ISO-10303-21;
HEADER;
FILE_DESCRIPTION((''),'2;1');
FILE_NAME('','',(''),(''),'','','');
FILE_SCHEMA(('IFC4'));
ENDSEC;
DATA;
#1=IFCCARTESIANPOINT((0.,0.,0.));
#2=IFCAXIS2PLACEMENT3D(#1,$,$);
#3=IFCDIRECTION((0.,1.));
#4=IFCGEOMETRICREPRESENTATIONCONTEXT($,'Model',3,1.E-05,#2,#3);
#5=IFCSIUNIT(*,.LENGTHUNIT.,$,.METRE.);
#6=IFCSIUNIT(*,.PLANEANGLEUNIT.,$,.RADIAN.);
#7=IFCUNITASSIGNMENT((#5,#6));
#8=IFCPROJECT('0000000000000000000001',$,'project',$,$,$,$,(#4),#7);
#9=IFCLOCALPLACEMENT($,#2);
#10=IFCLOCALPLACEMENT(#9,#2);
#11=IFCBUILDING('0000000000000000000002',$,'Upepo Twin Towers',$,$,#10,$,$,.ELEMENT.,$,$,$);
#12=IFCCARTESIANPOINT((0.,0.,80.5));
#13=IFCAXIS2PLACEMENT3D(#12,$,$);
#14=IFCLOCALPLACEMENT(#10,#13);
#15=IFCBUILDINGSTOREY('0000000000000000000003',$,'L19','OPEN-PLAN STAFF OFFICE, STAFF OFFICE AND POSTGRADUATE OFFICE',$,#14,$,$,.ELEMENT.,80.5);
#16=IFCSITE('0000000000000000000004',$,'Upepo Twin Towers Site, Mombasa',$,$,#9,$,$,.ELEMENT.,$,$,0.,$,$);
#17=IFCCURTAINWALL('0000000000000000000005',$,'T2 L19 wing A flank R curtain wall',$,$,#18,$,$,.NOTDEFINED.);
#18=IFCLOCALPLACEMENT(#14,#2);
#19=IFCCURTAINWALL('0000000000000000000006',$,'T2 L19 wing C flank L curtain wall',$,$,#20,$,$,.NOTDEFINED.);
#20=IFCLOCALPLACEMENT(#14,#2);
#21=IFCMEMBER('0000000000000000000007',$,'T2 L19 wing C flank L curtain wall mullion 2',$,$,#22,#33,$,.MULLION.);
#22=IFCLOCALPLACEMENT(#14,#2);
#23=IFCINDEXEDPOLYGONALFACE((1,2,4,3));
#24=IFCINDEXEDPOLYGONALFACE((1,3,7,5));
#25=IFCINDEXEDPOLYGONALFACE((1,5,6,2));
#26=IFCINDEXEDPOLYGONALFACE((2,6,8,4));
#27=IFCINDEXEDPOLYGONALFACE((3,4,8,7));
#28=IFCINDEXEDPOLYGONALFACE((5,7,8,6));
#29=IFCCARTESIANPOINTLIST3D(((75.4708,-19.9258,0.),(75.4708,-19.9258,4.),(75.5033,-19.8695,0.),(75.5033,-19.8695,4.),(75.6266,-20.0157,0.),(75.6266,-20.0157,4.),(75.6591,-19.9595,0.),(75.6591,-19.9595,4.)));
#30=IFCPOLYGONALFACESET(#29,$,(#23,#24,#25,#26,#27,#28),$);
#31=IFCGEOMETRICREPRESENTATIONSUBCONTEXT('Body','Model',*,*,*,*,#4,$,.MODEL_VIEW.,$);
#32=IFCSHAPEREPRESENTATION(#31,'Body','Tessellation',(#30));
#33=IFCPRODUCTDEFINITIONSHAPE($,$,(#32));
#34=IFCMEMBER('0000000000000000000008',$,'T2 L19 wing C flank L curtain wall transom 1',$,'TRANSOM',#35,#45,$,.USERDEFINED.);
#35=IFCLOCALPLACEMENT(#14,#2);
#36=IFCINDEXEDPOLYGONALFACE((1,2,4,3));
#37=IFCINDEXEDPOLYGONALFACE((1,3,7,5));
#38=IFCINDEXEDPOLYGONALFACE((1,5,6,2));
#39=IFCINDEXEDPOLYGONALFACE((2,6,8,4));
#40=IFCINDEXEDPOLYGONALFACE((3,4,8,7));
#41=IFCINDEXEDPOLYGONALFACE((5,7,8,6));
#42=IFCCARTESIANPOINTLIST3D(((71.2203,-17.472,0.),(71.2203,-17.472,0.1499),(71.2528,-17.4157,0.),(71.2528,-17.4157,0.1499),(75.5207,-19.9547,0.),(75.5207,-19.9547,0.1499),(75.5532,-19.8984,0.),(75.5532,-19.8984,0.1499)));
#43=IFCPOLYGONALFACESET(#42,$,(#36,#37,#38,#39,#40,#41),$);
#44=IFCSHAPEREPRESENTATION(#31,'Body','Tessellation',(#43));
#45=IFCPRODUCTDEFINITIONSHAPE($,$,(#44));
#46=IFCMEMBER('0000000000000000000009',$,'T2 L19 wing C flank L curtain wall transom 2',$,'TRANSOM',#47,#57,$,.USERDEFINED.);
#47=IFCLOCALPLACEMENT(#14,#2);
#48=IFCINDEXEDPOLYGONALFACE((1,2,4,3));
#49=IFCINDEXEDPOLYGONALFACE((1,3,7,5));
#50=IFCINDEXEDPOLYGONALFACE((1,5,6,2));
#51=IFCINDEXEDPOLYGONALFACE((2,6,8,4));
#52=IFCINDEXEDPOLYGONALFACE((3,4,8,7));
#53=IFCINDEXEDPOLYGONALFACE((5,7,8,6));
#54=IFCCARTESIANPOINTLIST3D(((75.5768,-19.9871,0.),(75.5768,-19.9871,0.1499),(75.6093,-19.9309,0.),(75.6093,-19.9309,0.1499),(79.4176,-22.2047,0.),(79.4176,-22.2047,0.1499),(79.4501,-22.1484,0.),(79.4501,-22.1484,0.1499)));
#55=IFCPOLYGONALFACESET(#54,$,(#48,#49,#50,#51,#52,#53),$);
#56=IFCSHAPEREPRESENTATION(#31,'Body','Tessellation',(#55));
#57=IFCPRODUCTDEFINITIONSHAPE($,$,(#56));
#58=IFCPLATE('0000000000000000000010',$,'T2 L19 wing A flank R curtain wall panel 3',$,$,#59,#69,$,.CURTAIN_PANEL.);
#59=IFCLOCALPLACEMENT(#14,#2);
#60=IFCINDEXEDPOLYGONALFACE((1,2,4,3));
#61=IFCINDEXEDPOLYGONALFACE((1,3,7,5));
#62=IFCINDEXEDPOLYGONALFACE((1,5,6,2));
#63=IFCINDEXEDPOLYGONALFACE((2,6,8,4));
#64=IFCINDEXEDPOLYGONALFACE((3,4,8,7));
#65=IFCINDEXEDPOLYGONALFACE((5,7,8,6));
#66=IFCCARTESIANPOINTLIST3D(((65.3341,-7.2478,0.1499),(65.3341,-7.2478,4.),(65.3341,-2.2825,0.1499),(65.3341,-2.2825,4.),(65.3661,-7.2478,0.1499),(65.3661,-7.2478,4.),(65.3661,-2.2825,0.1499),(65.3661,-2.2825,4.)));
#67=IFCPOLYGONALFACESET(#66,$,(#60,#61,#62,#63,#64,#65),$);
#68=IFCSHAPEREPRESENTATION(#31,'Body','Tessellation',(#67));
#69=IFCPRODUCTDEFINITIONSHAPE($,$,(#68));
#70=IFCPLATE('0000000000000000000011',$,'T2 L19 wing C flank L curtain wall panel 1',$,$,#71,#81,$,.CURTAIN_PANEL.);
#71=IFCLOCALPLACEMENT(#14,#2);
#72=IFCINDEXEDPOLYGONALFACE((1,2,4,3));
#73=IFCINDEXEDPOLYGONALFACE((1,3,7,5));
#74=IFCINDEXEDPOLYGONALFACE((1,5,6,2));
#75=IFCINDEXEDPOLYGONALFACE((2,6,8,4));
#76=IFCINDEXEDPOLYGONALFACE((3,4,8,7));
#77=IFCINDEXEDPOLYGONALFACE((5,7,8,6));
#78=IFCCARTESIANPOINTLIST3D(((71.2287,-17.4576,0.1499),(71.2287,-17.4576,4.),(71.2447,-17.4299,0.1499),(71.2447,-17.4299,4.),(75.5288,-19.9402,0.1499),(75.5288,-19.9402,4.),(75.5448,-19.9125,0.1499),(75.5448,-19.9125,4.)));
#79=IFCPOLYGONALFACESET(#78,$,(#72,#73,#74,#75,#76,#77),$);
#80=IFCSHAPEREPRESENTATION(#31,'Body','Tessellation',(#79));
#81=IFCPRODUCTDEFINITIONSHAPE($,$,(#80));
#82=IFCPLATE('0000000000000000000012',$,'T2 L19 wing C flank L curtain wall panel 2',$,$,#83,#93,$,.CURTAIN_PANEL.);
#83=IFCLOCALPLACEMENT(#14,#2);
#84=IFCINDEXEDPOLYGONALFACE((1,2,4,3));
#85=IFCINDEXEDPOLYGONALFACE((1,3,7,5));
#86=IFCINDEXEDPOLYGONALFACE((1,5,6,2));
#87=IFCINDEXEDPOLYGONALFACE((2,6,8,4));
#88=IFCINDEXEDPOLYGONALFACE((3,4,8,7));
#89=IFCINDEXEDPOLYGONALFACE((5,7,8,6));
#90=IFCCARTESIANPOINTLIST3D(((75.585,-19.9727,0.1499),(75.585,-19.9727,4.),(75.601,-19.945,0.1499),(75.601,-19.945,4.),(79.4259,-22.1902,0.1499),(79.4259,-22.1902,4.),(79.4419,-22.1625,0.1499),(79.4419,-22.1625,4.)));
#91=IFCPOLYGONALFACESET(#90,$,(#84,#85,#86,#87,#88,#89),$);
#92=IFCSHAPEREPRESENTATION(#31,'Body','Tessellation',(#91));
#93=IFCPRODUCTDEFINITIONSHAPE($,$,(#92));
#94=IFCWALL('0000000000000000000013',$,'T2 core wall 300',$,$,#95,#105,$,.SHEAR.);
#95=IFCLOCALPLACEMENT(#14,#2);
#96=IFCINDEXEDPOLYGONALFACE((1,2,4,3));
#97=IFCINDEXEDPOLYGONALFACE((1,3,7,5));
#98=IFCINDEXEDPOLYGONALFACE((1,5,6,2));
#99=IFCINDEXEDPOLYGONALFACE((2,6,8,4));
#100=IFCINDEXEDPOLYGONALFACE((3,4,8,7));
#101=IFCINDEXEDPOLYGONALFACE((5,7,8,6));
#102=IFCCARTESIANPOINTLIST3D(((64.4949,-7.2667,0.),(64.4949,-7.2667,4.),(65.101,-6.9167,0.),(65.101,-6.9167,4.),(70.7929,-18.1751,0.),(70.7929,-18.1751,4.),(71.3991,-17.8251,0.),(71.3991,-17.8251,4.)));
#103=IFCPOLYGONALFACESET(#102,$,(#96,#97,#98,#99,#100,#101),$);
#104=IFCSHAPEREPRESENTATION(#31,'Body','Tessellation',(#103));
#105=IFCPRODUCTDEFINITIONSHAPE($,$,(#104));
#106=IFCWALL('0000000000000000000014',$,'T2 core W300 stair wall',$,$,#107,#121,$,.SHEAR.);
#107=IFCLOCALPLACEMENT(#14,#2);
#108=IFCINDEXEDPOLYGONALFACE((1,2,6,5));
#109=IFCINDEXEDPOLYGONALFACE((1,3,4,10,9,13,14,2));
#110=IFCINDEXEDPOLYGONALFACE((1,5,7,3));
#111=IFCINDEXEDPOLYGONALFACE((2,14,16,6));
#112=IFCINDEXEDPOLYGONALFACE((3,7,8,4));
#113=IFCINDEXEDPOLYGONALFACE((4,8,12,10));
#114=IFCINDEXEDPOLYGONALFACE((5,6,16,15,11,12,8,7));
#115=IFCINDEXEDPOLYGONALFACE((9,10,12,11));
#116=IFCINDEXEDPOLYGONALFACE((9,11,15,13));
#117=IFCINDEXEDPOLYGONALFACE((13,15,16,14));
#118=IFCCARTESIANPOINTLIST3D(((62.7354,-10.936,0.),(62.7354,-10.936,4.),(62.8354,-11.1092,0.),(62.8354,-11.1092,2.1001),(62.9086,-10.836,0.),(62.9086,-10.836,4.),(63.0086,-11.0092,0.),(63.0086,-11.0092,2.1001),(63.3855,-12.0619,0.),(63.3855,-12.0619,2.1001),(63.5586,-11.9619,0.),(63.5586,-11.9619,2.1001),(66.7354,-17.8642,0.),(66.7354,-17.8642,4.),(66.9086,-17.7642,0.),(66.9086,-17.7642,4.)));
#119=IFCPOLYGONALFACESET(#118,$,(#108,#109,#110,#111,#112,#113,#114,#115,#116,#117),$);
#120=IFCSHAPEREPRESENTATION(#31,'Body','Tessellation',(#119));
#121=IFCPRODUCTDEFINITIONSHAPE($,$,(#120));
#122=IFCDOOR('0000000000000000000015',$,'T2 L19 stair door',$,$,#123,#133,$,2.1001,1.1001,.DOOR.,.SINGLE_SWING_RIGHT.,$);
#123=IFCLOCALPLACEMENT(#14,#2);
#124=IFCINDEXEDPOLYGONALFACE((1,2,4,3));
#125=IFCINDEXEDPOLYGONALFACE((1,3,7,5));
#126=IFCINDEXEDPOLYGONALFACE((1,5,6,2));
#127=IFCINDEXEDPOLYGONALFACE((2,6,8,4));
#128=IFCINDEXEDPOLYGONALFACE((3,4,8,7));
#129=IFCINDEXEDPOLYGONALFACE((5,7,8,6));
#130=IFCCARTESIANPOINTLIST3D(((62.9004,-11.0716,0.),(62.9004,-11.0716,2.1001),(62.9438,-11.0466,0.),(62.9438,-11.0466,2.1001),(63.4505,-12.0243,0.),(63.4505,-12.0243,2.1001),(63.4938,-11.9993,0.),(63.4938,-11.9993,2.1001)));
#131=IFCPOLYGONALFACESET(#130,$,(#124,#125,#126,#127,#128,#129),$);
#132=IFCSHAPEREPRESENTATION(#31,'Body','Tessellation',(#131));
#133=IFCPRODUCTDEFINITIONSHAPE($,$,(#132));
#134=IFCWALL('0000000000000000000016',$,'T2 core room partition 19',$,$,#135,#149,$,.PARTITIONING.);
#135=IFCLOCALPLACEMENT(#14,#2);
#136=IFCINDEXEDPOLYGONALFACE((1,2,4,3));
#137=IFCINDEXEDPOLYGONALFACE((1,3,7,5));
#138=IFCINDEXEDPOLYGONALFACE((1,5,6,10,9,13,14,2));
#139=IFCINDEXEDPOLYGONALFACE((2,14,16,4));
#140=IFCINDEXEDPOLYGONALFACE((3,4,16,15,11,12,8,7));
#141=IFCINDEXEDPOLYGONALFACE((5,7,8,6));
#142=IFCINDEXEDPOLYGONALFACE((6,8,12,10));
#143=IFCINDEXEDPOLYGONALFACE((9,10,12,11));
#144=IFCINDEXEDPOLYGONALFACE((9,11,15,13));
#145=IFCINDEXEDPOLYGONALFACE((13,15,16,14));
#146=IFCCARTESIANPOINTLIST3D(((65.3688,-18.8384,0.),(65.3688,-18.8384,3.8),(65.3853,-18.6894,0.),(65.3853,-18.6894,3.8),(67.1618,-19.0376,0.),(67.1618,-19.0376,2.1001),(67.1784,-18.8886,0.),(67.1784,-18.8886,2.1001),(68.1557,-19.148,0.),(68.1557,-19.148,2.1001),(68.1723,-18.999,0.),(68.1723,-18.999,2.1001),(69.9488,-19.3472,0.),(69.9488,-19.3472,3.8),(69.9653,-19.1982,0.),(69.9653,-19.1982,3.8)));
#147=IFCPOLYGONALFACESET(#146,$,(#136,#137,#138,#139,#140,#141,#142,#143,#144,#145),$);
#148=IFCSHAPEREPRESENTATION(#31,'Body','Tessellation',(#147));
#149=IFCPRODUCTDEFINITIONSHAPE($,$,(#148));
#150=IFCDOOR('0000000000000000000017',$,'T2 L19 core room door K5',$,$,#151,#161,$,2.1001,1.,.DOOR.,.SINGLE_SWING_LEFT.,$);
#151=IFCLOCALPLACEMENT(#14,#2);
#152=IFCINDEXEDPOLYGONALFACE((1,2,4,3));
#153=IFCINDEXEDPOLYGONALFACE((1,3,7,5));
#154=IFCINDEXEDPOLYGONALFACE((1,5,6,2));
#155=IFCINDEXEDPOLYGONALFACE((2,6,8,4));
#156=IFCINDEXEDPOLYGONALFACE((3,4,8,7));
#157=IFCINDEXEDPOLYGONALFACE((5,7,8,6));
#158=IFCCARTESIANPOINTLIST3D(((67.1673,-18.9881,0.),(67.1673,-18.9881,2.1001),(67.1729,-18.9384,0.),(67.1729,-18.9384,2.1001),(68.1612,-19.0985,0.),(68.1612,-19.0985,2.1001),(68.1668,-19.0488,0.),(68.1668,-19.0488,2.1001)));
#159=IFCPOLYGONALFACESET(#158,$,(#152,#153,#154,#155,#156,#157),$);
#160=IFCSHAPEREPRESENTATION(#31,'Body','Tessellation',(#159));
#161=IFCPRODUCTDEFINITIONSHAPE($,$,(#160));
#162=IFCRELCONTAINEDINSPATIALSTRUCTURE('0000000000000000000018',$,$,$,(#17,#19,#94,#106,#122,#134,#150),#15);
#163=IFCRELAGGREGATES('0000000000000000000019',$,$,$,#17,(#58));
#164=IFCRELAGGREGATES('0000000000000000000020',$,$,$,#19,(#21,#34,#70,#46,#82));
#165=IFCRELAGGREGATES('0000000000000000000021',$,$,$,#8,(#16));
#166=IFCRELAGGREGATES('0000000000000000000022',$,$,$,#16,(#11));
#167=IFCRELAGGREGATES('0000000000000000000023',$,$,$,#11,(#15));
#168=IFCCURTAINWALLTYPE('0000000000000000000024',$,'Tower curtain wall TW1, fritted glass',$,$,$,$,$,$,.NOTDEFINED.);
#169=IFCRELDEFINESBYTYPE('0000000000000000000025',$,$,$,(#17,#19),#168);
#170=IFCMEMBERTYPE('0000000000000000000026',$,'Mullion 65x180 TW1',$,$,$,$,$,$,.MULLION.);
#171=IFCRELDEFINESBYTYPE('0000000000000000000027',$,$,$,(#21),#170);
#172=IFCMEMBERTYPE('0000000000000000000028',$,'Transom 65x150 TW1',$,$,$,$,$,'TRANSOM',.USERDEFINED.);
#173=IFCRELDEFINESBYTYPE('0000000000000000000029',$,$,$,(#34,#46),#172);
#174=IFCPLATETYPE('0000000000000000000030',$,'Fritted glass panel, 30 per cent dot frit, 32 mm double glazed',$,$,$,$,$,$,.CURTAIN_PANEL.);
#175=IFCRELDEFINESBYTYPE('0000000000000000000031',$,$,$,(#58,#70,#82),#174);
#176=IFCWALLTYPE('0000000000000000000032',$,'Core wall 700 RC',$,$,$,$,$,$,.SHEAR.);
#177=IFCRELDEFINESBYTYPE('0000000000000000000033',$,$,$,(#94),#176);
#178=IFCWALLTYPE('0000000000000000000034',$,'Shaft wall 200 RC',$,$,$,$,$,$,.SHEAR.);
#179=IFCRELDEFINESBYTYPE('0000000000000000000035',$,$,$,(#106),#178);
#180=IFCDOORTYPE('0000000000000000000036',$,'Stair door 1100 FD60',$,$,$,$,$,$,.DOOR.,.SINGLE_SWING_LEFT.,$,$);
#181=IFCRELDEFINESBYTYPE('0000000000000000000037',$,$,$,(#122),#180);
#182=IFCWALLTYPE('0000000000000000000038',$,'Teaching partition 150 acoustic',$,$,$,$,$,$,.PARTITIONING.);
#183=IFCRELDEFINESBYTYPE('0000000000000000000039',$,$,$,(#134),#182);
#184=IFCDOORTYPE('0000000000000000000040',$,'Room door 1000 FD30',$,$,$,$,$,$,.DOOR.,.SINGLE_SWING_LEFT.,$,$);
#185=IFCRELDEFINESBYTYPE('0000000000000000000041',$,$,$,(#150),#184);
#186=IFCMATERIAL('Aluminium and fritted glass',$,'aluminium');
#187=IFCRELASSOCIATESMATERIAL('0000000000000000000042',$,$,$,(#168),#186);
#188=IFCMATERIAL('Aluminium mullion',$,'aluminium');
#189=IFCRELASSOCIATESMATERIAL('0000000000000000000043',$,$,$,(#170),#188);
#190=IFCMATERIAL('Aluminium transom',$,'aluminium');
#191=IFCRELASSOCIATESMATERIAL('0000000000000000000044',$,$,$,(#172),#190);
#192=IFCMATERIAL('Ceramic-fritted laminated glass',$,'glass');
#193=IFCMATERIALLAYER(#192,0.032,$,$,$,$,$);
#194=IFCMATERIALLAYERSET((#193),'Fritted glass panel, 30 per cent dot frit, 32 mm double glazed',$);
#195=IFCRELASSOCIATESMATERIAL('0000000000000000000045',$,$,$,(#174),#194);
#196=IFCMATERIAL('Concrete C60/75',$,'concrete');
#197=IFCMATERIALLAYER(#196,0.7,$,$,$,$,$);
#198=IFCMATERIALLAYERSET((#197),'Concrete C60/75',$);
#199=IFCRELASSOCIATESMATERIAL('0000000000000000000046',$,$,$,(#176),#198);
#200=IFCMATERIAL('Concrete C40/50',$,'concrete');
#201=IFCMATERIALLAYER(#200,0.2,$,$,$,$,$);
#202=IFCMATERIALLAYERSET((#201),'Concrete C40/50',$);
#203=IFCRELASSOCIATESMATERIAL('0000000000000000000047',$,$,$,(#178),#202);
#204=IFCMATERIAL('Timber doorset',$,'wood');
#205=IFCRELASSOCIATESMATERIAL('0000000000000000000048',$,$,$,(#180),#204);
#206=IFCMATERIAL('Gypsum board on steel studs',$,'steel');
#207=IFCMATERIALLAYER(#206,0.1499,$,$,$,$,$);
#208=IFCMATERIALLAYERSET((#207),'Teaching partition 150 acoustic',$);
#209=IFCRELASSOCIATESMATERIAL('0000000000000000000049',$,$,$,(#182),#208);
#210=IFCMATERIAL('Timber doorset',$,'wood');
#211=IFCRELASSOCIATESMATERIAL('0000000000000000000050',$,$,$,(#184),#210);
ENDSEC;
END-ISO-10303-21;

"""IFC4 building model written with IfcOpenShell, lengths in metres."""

from ifc_helpers import new_model, si_unit, direction, frame, frame_2d, origin, origin_2d, place, context, subcontext, project, spatial, rectangle, extrude, material, layer, layer_set, material_profile, profile_set, type_object, element, fill, aggregate, save


model = new_model("IFC4")

# Units and contexts
model_context = context("Model", 3, precision=1e-05, world=origin(), true_north=direction((0.0, 1.0)))
body_context = subcontext(model_context, "Body", "Model", "MODEL_VIEW")
ifc_project = project(units=[si_unit("LENGTHUNIT", "METRE"), si_unit("PLANEANGLEUNIT", "RADIAN")], contexts=[model_context])

# Site, building, storey
site_placement = place(None, origin())
site = spatial("IfcSite", under=ifc_project, at=site_placement, Name="Upepo Twin Towers Site, Mombasa", CompositionType="ELEMENT", RefElevation=0.0)
building_placement = place(site_placement, origin())
building = spatial("IfcBuilding", under=site, at=building_placement, Name="Upepo Twin Towers", CompositionType="ELEMENT")
storey_placement = place(building_placement, frame((0.0, 0.0, 80.5)))
storey = spatial("IfcBuildingStorey", under=building, at=storey_placement, Name="L19", Description="OPEN-PLAN STAFF OFFICE, STAFF OFFICE AND POSTGRADUATE OFFICE", CompositionType="ELEMENT", Elevation=80.5)

# Curtain wall
ifc_material_1 = material(Name="Aluminium and fritted glass", Category="aluminium")
curtain_wall_type = type_object("IfcCurtainWallType", Name="Tower curtain wall TW1, fritted glass", PredefinedType="NOTDEFINED", material=ifc_material_1)
curtain_wall_1_placement = place(storey_placement, origin())
curtain_wall_1 = element("IfcCurtainWall", 1, at=curtain_wall_1_placement, inside=storey, type_object=curtain_wall_type, Name="T2 L19 wing A flank R curtain wall", PredefinedType="NOTDEFINED")
ifc_material_2 = material(Name="Aluminium mullion", Category="aluminium")
ifc_material_profile_1 = material_profile(ifc_material_2, rectangle(XDim=0.0649, YDim=0.1799, at=origin_2d()), Name="MULLION 65x180")
ifc_profile_set_1 = profile_set([ifc_material_profile_1], Name="Aluminium mullion")
member_type_1 = type_object("IfcMemberType", Name="Mullion 65x180 TW1", PredefinedType="MULLION", material=ifc_profile_set_1)

# Curtain wall, members
curtain_wall_2_placement = place(storey_placement, origin())
curtain_wall_2 = element("IfcCurtainWall", 2, at=curtain_wall_2_placement, inside=storey, type_object=curtain_wall_type, Name="T2 L19 wing C flank L curtain wall", PredefinedType="NOTDEFINED")
member_1_placement = place(storey_placement, frame((75.5649, -19.9426, 0.0), z_axis=(0.0, 0.0, 1.0), x_axis=(0.5, 0.866025, 0.0)))
member_1 = element("IfcMember", 3, at=member_1_placement, type_object=member_type_1, Name="T2 L19 wing C flank L curtain wall mullion 2", PredefinedType="MULLION", context=body_context, shape_type="SweptSolid", body=[
    extrude(rectangle(XDim=0.0649, YDim=0.1799, at=origin_2d()), origin(), (0.0, 0.0, 1.0), 4.0),
])
ifc_material_3 = material(Name="Aluminium transom", Category="aluminium")
ifc_material_profile_2 = material_profile(ifc_material_3, rectangle(XDim=0.0649, YDim=0.1499, at=origin_2d()), Name="TRANSOM 65x150")
ifc_profile_set_2 = profile_set([ifc_material_profile_2], Name="Aluminium transom")
member_type_2 = type_object("IfcMemberType", Name="Transom 65x150 TW1", ElementType="TRANSOM", PredefinedType="USERDEFINED", material=ifc_profile_set_2)
member_2_placement = place(storey_placement, frame((71.2366, -17.4438, 0.075), z_axis=(0.866035, -0.499983, 0.0), x_axis=(0.499983, 0.866035, 0.0)))
member_2 = element("IfcMember", 4, at=member_2_placement, type_object=member_type_2, Name="T2 L19 wing C flank L curtain wall transom 1", ObjectType="TRANSOM", PredefinedType="USERDEFINED", context=body_context, shape_type="SweptSolid", body=[
    extrude(rectangle(XDim=0.0649, YDim=0.1499, at=origin_2d()), origin(), (0.0, 0.0, 1.0), 4.9656),
])
member_3_placement = place(storey_placement, frame((75.593, -19.959, 0.075), z_axis=(0.866022, -0.500005, 0.0), x_axis=(0.500005, 0.866022, 0.0)))
member_3 = element("IfcMember", 5, at=member_3_placement, type_object=member_type_2, Name="T2 L19 wing C flank L curtain wall transom 2", ObjectType="TRANSOM", PredefinedType="USERDEFINED", context=body_context, shape_type="SweptSolid", body=[
    extrude(rectangle(XDim=0.0649, YDim=0.1499, at=origin_2d()), origin(), (0.0, 0.0, 1.0), 4.4351),
])

# Plates
ifc_material_4 = material(Name="Ceramic-fritted laminated glass", Category="glass")
ifc_layer_1 = layer(ifc_material_4, 0.032)
ifc_layer_set_1 = layer_set([ifc_layer_1], Name="Fritted glass panel, 30 per cent dot frit, 32 mm double glazed")
plate_type = type_object("IfcPlateType", Name="Fritted glass panel, 30 per cent dot frit, 32 mm double glazed", PredefinedType="CURTAIN_PANEL", material=ifc_layer_set_1)
plate_1_placement = place(storey_placement, frame((65.3501, -4.7651, 0.1499), z_axis=(0.0, 0.0, 1.0), x_axis=(0.0, -1.0, 0.0)))
plate_1 = element("IfcPlate", 6, at=plate_1_placement, type_object=plate_type, Name="T2 L19 wing A flank R curtain wall panel 3", PredefinedType="CURTAIN_PANEL", context=body_context, shape_type="SweptSolid", body=[
    extrude(rectangle(XDim=4.9653, YDim=0.032, at=origin_2d()), origin(), (0.0, 0.0, 1.0), 3.8501),
])
aggregate(curtain_wall_1, [plate_1])
plate_2_placement = place(storey_placement, frame((73.3867, -18.6851, 0.1499), z_axis=(0.0, 0.0, 1.0), x_axis=(0.866025, -0.5, 0.0)))
plate_2 = element("IfcPlate", 7, at=plate_2_placement, type_object=plate_type, Name="T2 L19 wing C flank L curtain wall panel 1", PredefinedType="CURTAIN_PANEL", context=body_context, shape_type="SweptSolid", body=[
    extrude(rectangle(XDim=4.9653, YDim=0.032, at=origin_2d()), origin(), (0.0, 0.0, 1.0), 3.8501),
])
plate_3_placement = place(storey_placement, frame((77.5134, -21.0676, 0.1499), z_axis=(0.0, 0.0, 1.0), x_axis=(0.866025, -0.5, 0.0)))
plate_3 = element("IfcPlate", 8, at=plate_3_placement, type_object=plate_type, Name="T2 L19 wing C flank L curtain wall panel 2", PredefinedType="CURTAIN_PANEL", context=body_context, shape_type="SweptSolid", body=[
    extrude(rectangle(XDim=4.4351, YDim=0.032, at=origin_2d()), origin(), (0.0, 0.0, 1.0), 3.8501),
])
aggregate(curtain_wall_2, [member_1, member_2, plate_2, member_3, plate_3])

# Wall
ifc_material_5 = material(Name="Concrete C60/75", Category="concrete")
ifc_layer_2 = layer(ifc_material_5, 0.7)
ifc_layer_set_2 = layer_set([ifc_layer_2], Name="Concrete C60/75")
wall_type_1 = type_object("IfcWallType", Name="Core wall 700 RC", PredefinedType="SHEAR", material=ifc_layer_set_2)
wall_1_placement = place(storey_placement, frame((71.0959, -18.0, 0.0), z_axis=(0.0, 0.0, 1.0), x_axis=(-0.500006, 0.866022, 0.0)))
element("IfcWall", 9, at=wall_1_placement, inside=storey, type_object=wall_type_1, Name="T2 core wall 300", PredefinedType="SHEAR", context=body_context, shape_type="SweptSolid", body=[
    extrude(rectangle(XDim=12.5959, YDim=0.7, at=frame_2d((6.2979, 0.0))), origin(), (0.0, 0.0, 1.0), 4.0),
])

# Walls, openings, doors
ifc_material_6 = material(Name="Concrete C40/50", Category="concrete")
ifc_layer_3 = layer(ifc_material_6, 0.2)
ifc_layer_set_3 = layer_set([ifc_layer_3], Name="Concrete C40/50")
wall_type_2 = type_object("IfcWallType", Name="Shaft wall 200 RC", PredefinedType="SHEAR", material=ifc_layer_set_3)
wall_2_placement = place(storey_placement, frame((66.822, -17.8142, 0.0), z_axis=(0.0, 0.0, 1.0), x_axis=(-0.499999, 0.866026, 0.0)))
wall_2 = element("IfcWall", 10, at=wall_2_placement, inside=storey, type_object=wall_type_2, Name="T2 core W300 stair wall", PredefinedType="SHEAR", context=body_context, shape_type="SweptSolid", body=[
    extrude(rectangle(XDim=8.0, YDim=0.2, at=frame_2d((4.0, 0.0))), origin(), (0.0, 0.0, 1.0), 4.0),
])
opening_1_placement = place(wall_2_placement, frame((6.7, 0.0, 0.0)))
opening_1 = element("IfcOpeningElement", 11, at=opening_1_placement, cuts=wall_2, PredefinedType="OPENING", context=body_context, shape_type="SweptSolid", body=[
    extrude(rectangle(XDim=1.1001, YDim=2.1001, at=frame_2d((0.55, 1.05))), frame((0.0, 0.1099, 0.0), z_axis=(0.0, -1.0, 0.0), x_axis=(1.0, 0.0, 0.0)), (0.0, 0.0, 1.0), 0.22),
])
ifc_material_7 = material(Name="Timber doorset", Category="wood")
door_type_1 = type_object("IfcDoorType", Name="Stair door 1100 FD60", OperationType="SINGLE_SWING_LEFT", PredefinedType="DOOR", material=ifc_material_7)
door_1_placement = place(opening_1_placement, origin())
door_1 = element("IfcDoor", 12, at=door_1_placement, inside=storey, type_object=door_type_1, Name="T2 L19 stair door", OperationType="SINGLE_SWING_RIGHT", OverallHeight=2.1001, OverallWidth=1.1001, PredefinedType="DOOR", context=body_context, shape_type="SweptSolid", body=[
    extrude(rectangle(XDim=1.1001, YDim=2.1001, at=frame_2d((0.55, 1.05))), frame((0.0, 0.0249, 0.0), z_axis=(0.0, -1.0, 0.0), x_axis=(1.0, 0.0, 0.0)), (0.0, 0.0, 1.0), 0.05),
])
fill(opening_1, door_1)
ifc_material_8 = material(Name="Gypsum board on steel studs", Category="steel")
ifc_layer_4 = layer(ifc_material_8, 0.1499)
ifc_layer_set_4 = layer_set([ifc_layer_4], Name="Teaching partition 150 acoustic")
wall_type_3 = type_object("IfcWallType", Name="Teaching partition 150 acoustic", PredefinedType="PARTITIONING", material=ifc_layer_set_4)
wall_3_placement = place(storey_placement, frame((65.377, -18.7639, 0.0), z_axis=(0.0, 0.0, 1.0), x_axis=(0.993886, -0.110408, 0.0)))
wall_3 = element("IfcWall", 13, at=wall_3_placement, inside=storey, type_object=wall_type_3, Name="T2 core room partition 19", PredefinedType="PARTITIONING", context=body_context, shape_type="SweptSolid", body=[
    extrude(rectangle(XDim=4.6082, YDim=0.1499, at=frame_2d((2.3042, 0.0))), origin(), (0.0, 0.0, 1.0), 3.8),
])
opening_2_placement = place(wall_3_placement, frame((1.8042, 0.0, 0.0)))
opening_2 = element("IfcOpeningElement", 14, at=opening_2_placement, cuts=wall_3, PredefinedType="OPENING", context=body_context, shape_type="SweptSolid", body=[
    extrude(rectangle(XDim=1.0, YDim=2.1001, at=frame_2d((0.5, 1.05))), frame((0.0, 0.085, 0.0), z_axis=(0.0, -1.0, 0.0), x_axis=(1.0, 0.0, 0.0)), (0.0, 0.0, 1.0), 0.1699),
])
ifc_material_9 = material(Name="Timber doorset", Category="wood")
door_type_2 = type_object("IfcDoorType", Name="Room door 1000 FD30", OperationType="SINGLE_SWING_LEFT", PredefinedType="DOOR", material=ifc_material_9)
door_2_placement = place(opening_2_placement, origin())
door_2 = element("IfcDoor", 15, at=door_2_placement, inside=storey, type_object=door_type_2, Name="T2 L19 core room door K5", OperationType="SINGLE_SWING_LEFT", OverallHeight=2.1001, OverallWidth=1.0, PredefinedType="DOOR", context=body_context, shape_type="SweptSolid", body=[
    extrude(rectangle(XDim=1.0, YDim=2.1001, at=frame_2d((0.5, 1.05))), frame((0.0, 0.0249, 0.0), z_axis=(0.0, -1.0, 0.0), x_axis=(1.0, 0.0, 0.0)), (0.0, 0.0, 1.0), 0.05),
])
fill(opening_2, door_2)

save(model, "model.ifc")
